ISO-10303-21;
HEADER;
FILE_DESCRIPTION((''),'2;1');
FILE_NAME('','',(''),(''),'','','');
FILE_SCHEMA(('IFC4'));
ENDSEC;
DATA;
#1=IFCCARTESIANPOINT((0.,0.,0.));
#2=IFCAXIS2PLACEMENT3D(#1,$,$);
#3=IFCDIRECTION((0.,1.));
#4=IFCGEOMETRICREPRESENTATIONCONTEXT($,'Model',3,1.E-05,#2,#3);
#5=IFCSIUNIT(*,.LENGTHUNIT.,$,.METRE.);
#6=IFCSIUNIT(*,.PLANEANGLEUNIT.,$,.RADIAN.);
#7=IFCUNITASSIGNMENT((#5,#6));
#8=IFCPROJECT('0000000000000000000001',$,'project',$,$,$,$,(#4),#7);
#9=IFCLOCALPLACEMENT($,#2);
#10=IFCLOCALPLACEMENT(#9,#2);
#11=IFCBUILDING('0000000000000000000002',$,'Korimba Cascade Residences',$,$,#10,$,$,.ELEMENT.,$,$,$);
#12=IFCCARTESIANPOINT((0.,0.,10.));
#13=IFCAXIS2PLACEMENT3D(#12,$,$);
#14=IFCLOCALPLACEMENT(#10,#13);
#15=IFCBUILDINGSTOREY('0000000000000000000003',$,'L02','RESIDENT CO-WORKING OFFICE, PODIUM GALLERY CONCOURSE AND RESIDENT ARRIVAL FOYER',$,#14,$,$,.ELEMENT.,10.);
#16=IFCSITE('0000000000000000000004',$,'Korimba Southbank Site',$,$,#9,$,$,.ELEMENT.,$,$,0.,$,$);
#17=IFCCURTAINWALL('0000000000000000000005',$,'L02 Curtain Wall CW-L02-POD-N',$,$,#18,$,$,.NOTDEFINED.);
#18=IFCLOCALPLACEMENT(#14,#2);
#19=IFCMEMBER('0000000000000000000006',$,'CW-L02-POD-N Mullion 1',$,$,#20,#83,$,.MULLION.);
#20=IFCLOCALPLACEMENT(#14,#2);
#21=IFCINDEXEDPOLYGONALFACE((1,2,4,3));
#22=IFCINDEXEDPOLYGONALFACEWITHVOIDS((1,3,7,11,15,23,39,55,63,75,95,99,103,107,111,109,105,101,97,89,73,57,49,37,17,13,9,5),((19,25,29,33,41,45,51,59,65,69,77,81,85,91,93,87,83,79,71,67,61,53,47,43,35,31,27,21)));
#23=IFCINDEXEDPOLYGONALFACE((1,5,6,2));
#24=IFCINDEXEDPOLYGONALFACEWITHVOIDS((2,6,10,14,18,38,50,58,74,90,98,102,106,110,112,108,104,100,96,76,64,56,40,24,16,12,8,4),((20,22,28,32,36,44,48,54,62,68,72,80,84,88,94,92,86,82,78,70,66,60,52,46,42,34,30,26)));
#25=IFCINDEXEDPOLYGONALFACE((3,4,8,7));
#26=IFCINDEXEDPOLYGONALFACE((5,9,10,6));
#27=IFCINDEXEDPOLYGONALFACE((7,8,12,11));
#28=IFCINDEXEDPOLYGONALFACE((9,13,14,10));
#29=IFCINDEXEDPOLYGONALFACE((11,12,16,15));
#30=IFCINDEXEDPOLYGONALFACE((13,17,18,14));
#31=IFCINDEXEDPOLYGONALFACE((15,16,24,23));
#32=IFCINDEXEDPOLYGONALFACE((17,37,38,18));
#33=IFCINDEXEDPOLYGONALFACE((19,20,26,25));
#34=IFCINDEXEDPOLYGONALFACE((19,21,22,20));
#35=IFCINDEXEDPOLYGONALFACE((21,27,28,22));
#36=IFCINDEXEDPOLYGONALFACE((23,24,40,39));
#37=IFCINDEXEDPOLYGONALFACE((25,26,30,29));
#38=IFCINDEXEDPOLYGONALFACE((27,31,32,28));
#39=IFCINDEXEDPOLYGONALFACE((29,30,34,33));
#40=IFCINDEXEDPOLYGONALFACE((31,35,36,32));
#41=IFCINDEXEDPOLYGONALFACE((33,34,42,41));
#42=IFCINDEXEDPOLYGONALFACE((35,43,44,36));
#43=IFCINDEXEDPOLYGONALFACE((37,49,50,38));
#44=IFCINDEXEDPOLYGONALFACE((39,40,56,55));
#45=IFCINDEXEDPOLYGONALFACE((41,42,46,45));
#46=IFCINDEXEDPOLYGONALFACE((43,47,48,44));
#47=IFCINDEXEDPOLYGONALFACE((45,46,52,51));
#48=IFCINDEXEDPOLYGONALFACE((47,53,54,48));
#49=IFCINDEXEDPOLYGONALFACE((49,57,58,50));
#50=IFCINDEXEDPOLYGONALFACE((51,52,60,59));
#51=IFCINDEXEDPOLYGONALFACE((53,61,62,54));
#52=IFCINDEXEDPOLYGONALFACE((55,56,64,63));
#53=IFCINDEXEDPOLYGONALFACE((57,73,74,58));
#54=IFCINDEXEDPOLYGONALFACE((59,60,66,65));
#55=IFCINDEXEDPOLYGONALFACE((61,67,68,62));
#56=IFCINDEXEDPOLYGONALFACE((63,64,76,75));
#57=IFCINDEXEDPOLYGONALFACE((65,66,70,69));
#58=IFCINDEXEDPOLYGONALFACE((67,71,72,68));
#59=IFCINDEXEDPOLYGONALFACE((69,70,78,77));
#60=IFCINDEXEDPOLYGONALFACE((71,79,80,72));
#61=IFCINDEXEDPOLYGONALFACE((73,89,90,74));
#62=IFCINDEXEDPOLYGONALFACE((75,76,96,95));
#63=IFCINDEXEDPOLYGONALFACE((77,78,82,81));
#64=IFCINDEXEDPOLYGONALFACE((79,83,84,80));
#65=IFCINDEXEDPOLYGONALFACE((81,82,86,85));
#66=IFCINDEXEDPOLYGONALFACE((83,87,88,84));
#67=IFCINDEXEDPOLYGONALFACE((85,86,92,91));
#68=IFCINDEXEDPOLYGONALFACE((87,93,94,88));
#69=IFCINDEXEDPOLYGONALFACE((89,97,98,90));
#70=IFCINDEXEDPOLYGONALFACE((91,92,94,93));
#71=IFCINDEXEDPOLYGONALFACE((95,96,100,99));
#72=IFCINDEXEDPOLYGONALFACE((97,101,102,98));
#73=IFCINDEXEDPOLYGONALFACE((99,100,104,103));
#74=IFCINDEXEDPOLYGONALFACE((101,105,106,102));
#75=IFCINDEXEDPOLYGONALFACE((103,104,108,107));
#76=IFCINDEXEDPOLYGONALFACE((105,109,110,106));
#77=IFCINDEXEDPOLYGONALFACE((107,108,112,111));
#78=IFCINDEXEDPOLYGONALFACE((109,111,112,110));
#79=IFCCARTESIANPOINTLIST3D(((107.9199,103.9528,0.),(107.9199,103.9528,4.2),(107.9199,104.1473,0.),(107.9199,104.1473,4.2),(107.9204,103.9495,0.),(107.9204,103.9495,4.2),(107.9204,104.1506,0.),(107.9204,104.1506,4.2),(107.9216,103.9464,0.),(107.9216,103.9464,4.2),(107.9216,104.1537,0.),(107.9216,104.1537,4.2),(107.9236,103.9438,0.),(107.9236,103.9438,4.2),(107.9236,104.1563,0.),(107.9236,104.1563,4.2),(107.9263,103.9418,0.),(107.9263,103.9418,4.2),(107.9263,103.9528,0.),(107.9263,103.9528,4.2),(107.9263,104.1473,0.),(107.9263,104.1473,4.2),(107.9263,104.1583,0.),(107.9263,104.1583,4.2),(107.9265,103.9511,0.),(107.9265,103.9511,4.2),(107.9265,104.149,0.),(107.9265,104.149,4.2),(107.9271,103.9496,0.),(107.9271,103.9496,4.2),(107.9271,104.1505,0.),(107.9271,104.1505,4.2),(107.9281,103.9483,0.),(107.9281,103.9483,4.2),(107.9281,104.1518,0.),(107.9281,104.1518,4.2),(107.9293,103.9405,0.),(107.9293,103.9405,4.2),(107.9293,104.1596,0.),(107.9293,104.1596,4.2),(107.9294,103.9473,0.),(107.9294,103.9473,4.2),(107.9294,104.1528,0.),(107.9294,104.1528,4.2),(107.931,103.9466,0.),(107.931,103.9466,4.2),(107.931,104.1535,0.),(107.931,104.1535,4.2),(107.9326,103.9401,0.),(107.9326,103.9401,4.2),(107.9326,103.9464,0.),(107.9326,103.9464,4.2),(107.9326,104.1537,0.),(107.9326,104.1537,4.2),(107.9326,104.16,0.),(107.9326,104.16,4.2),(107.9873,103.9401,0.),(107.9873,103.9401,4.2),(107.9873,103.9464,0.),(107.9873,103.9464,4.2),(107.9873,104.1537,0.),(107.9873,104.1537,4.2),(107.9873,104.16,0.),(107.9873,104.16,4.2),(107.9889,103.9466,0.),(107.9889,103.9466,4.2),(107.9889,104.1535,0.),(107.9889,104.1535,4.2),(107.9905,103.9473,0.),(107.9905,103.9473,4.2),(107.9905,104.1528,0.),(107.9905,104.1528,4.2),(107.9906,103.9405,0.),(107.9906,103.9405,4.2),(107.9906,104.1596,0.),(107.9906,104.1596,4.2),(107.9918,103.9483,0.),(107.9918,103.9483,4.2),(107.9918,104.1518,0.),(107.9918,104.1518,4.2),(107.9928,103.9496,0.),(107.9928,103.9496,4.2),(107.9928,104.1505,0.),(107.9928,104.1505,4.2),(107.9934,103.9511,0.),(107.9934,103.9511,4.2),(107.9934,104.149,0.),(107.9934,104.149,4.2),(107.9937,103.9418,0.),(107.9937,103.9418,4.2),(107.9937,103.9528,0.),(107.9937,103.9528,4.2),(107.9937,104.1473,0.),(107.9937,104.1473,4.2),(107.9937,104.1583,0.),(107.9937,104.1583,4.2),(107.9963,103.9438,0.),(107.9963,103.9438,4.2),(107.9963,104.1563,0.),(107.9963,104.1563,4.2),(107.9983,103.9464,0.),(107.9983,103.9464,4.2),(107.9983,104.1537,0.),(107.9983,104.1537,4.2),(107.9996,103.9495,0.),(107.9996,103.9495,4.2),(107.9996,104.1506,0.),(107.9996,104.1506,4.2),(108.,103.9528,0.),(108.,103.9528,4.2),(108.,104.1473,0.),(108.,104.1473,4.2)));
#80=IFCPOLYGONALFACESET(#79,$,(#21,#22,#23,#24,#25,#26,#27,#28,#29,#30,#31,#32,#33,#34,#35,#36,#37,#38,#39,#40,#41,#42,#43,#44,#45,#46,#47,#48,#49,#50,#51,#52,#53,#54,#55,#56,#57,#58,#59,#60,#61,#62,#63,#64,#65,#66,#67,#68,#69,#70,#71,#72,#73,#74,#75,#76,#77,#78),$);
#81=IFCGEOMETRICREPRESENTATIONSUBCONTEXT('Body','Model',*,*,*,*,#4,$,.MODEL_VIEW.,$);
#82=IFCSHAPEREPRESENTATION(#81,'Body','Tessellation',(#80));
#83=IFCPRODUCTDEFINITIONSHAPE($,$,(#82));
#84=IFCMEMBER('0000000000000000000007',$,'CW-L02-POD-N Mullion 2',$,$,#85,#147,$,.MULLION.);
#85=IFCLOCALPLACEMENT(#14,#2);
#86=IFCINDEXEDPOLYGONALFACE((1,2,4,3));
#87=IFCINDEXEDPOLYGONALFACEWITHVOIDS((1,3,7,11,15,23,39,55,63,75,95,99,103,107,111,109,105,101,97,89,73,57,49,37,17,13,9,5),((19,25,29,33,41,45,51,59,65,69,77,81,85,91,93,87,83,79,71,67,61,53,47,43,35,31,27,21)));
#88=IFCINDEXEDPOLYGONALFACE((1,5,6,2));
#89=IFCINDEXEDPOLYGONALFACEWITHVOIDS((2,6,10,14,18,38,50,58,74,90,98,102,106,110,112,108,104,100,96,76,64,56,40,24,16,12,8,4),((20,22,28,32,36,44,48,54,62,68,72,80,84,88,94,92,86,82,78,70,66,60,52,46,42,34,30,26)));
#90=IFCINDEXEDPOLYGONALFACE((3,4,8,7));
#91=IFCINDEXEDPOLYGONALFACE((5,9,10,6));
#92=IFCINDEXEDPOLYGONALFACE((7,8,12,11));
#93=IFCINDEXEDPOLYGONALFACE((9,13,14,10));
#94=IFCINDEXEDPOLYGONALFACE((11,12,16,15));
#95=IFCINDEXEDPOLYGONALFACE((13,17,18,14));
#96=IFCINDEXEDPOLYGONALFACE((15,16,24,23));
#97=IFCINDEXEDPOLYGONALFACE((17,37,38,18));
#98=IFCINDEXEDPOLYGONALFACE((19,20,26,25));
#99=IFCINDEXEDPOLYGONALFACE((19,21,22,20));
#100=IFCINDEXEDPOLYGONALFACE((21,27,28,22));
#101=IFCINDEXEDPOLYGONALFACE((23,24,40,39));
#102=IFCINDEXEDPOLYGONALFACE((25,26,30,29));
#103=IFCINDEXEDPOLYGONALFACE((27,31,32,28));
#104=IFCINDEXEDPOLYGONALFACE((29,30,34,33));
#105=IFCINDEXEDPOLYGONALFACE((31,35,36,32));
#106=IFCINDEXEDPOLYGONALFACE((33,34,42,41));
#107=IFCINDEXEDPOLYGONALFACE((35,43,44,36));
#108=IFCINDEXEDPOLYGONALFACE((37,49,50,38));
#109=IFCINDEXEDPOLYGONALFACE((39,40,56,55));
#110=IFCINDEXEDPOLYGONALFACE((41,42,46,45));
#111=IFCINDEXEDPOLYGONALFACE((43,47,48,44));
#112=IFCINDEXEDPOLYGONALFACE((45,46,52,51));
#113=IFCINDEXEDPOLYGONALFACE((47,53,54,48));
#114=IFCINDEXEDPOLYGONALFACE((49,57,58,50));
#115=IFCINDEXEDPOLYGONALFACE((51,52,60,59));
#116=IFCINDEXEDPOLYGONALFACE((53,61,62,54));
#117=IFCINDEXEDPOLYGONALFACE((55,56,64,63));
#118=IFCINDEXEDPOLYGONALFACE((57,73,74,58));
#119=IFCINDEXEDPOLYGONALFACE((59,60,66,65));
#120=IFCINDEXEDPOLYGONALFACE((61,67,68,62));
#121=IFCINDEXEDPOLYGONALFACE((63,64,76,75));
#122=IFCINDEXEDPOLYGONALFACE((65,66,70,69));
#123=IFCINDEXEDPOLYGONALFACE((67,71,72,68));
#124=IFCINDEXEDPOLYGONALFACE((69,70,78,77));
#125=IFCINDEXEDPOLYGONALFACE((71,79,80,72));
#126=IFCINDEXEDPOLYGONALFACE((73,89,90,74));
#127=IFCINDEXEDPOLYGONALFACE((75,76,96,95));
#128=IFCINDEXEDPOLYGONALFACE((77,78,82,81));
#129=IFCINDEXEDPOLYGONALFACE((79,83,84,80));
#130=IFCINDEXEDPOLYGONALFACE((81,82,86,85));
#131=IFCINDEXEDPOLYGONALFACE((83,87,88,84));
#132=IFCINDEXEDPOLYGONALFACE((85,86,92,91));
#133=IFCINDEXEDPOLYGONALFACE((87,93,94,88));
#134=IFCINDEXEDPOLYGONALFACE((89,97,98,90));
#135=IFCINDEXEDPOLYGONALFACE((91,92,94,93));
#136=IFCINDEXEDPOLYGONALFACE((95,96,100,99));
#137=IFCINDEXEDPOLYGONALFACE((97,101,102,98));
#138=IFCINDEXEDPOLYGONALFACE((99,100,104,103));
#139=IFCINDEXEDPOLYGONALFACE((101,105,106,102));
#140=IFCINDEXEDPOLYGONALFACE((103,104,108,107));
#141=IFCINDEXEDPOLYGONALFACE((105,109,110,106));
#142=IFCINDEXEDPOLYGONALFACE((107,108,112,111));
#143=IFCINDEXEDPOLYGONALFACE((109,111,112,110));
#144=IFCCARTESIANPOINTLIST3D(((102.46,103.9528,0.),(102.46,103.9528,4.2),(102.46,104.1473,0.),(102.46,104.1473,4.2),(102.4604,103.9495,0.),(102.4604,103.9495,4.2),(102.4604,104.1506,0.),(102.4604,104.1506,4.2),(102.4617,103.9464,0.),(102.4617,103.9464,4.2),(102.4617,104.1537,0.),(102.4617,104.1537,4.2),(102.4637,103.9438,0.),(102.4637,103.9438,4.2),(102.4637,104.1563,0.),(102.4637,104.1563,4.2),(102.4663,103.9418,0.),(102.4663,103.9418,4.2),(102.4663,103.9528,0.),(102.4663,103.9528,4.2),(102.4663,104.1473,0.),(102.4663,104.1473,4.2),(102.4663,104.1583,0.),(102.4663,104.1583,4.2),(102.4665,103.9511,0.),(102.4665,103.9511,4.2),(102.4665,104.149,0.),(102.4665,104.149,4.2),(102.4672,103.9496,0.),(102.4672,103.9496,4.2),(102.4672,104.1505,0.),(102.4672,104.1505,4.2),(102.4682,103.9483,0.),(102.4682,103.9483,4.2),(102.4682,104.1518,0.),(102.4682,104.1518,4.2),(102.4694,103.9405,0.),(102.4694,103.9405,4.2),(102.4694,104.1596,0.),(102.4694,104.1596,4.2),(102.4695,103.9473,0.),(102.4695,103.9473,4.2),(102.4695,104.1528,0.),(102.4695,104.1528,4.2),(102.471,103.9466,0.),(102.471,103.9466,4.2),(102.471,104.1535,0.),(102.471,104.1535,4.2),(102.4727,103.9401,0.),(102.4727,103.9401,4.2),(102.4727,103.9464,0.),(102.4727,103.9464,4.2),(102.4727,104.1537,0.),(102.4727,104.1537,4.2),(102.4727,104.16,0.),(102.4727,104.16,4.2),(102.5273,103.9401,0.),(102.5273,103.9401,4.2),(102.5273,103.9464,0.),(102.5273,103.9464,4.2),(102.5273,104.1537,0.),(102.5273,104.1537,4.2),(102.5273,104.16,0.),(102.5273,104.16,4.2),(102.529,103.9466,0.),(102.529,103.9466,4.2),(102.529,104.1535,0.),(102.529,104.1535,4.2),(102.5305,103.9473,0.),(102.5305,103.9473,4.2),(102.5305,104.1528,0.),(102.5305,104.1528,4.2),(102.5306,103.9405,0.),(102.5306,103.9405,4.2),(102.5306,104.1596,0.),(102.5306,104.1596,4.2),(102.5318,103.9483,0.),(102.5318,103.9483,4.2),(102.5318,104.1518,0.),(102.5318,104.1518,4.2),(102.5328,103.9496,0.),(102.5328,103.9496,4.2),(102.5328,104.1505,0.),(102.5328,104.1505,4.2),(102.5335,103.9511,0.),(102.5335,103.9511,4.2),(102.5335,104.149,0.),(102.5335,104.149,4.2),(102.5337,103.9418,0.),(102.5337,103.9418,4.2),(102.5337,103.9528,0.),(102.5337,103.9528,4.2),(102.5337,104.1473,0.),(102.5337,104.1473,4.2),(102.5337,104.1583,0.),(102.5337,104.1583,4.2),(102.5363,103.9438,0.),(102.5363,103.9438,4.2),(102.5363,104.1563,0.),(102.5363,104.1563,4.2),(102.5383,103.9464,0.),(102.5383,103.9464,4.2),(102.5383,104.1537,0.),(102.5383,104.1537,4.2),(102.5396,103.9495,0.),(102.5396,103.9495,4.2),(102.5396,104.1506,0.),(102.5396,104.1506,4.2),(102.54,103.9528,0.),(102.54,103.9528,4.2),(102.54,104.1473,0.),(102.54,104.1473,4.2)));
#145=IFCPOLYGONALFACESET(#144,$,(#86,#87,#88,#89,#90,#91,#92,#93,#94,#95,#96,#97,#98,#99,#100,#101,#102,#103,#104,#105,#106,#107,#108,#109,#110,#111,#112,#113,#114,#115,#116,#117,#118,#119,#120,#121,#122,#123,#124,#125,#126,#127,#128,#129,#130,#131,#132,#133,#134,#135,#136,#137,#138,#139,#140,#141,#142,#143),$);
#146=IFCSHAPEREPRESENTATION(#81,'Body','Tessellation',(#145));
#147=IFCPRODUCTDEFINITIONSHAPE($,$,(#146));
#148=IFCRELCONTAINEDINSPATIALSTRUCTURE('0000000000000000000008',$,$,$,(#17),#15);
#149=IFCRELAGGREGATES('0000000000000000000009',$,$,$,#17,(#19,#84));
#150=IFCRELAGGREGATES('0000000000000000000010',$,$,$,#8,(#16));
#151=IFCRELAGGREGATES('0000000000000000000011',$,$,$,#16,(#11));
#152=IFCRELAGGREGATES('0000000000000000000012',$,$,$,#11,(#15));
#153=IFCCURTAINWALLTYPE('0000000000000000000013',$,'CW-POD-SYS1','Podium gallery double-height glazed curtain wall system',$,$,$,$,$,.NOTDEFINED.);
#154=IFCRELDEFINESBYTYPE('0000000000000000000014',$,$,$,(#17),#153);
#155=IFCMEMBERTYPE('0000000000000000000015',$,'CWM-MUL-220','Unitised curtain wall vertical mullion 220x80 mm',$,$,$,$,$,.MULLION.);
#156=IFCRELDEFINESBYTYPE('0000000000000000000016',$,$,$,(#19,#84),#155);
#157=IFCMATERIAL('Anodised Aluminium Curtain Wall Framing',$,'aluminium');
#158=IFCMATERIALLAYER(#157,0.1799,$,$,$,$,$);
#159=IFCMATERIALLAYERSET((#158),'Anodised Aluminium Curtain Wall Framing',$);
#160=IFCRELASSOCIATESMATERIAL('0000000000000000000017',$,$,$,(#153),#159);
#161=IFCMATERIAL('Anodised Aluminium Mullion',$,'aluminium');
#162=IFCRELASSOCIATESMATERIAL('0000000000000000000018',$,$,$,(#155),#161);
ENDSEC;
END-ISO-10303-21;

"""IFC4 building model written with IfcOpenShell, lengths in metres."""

from ifc_helpers import new_model, si_unit, direction, frame, origin, origin_2d, place, context, subcontext, project, spatial, hollow_rectangle, extrude, material, layer, layer_set, material_profile, profile_set, type_object, element, aggregate, save


model = new_model("IFC4")

# Units and contexts
model_context = context("Model", 3, precision=1e-05, world=origin(), true_north=direction((0.0, 1.0)))
body_context = subcontext(model_context, "Body", "Model", "MODEL_VIEW")
ifc_project = project(units=[si_unit("LENGTHUNIT", "METRE"), si_unit("PLANEANGLEUNIT", "RADIAN")], contexts=[model_context])

# Site, building, storey
site_placement = place(None, origin())
site = spatial("IfcSite", under=ifc_project, at=site_placement, Name="Korimba Southbank Site", CompositionType="ELEMENT", RefElevation=0.0)
building_placement = place(site_placement, origin())
building = spatial("IfcBuilding", under=site, at=building_placement, Name="Korimba Cascade Residences", CompositionType="ELEMENT")
storey_placement = place(building_placement, frame((0.0, 0.0, 10.0)))
storey = spatial("IfcBuildingStorey", under=building, at=storey_placement, Name="L02", Description="RESIDENT CO-WORKING OFFICE, PODIUM GALLERY CONCOURSE AND RESIDENT ARRIVAL FOYER", CompositionType="ELEMENT", Elevation=10.0)

# Curtain wall, members
ifc_material_1 = material(Name="Anodised Aluminium Curtain Wall Framing", Category="aluminium")
ifc_layer_1 = layer(ifc_material_1, 0.1799)
ifc_layer_set_1 = layer_set([ifc_layer_1], Name="Anodised Aluminium Curtain Wall Framing")
curtain_wall_type = type_object("IfcCurtainWallType", Name="CW-POD-SYS1", Description="Podium gallery double-height glazed curtain wall system", PredefinedType="NOTDEFINED", material=ifc_layer_set_1)
curtain_wall_placement = place(storey_placement, origin())
curtain_wall = element("IfcCurtainWall", 1, at=curtain_wall_placement, inside=storey, type_object=curtain_wall_type, Name="L02 Curtain Wall CW-L02-POD-N", PredefinedType="NOTDEFINED")
ifc_material_2 = material(Name="Anodised Aluminium Mullion", Category="aluminium")
ifc_material_profile_1 = material_profile(ifc_material_2, hollow_rectangle(XDim=0.0801, YDim=0.22, WallThickness=0.0063, InnerFilletRadius=0.0063, OuterFilletRadius=0.0127, at=origin_2d()), Name="Anodised Aluminium Mullion")
ifc_profile_set_1 = profile_set([ifc_material_profile_1], Name="Anodised Aluminium Mullion")
member_type_1 = type_object("IfcMemberType", Name="CWM-MUL-220", Description="Unitised curtain wall vertical mullion 220x80 mm", PredefinedType="MULLION", material=ifc_profile_set_1)
member_1_placement = place(storey_placement, frame((107.96, 104.05, 0.0), z_axis=(0.0, 0.0, 1.0), x_axis=(-1.0, 0.0, 0.0)))
member_1 = element("IfcMember", 2, at=member_1_placement, type_object=member_type_1, Name="CW-L02-POD-N Mullion 1", PredefinedType="MULLION", context=body_context, shape_type="SweptSolid", body=[
    extrude(hollow_rectangle(XDim=0.0801, YDim=0.22, WallThickness=0.0063, InnerFilletRadius=0.0063, OuterFilletRadius=0.0127, at=origin_2d()), origin(), (0.0, 0.0, 1.0), 4.2),
])
member_2_placement = place(storey_placement, frame((102.5, 104.05, 0.0), z_axis=(0.0, 0.0, 1.0), x_axis=(-1.0, 0.0, 0.0)))
member_2 = element("IfcMember", 3, at=member_2_placement, type_object=member_type_1, Name="CW-L02-POD-N Mullion 2", PredefinedType="MULLION", context=body_context, shape_type="SweptSolid", body=[
    extrude(hollow_rectangle(XDim=0.0801, YDim=0.22, WallThickness=0.0063, InnerFilletRadius=0.0063, OuterFilletRadius=0.0127, at=origin_2d()), origin(), (0.0, 0.0, 1.0), 4.2),
])
aggregate(curtain_wall, [member_1, member_2])

save(model, "model.ifc")
